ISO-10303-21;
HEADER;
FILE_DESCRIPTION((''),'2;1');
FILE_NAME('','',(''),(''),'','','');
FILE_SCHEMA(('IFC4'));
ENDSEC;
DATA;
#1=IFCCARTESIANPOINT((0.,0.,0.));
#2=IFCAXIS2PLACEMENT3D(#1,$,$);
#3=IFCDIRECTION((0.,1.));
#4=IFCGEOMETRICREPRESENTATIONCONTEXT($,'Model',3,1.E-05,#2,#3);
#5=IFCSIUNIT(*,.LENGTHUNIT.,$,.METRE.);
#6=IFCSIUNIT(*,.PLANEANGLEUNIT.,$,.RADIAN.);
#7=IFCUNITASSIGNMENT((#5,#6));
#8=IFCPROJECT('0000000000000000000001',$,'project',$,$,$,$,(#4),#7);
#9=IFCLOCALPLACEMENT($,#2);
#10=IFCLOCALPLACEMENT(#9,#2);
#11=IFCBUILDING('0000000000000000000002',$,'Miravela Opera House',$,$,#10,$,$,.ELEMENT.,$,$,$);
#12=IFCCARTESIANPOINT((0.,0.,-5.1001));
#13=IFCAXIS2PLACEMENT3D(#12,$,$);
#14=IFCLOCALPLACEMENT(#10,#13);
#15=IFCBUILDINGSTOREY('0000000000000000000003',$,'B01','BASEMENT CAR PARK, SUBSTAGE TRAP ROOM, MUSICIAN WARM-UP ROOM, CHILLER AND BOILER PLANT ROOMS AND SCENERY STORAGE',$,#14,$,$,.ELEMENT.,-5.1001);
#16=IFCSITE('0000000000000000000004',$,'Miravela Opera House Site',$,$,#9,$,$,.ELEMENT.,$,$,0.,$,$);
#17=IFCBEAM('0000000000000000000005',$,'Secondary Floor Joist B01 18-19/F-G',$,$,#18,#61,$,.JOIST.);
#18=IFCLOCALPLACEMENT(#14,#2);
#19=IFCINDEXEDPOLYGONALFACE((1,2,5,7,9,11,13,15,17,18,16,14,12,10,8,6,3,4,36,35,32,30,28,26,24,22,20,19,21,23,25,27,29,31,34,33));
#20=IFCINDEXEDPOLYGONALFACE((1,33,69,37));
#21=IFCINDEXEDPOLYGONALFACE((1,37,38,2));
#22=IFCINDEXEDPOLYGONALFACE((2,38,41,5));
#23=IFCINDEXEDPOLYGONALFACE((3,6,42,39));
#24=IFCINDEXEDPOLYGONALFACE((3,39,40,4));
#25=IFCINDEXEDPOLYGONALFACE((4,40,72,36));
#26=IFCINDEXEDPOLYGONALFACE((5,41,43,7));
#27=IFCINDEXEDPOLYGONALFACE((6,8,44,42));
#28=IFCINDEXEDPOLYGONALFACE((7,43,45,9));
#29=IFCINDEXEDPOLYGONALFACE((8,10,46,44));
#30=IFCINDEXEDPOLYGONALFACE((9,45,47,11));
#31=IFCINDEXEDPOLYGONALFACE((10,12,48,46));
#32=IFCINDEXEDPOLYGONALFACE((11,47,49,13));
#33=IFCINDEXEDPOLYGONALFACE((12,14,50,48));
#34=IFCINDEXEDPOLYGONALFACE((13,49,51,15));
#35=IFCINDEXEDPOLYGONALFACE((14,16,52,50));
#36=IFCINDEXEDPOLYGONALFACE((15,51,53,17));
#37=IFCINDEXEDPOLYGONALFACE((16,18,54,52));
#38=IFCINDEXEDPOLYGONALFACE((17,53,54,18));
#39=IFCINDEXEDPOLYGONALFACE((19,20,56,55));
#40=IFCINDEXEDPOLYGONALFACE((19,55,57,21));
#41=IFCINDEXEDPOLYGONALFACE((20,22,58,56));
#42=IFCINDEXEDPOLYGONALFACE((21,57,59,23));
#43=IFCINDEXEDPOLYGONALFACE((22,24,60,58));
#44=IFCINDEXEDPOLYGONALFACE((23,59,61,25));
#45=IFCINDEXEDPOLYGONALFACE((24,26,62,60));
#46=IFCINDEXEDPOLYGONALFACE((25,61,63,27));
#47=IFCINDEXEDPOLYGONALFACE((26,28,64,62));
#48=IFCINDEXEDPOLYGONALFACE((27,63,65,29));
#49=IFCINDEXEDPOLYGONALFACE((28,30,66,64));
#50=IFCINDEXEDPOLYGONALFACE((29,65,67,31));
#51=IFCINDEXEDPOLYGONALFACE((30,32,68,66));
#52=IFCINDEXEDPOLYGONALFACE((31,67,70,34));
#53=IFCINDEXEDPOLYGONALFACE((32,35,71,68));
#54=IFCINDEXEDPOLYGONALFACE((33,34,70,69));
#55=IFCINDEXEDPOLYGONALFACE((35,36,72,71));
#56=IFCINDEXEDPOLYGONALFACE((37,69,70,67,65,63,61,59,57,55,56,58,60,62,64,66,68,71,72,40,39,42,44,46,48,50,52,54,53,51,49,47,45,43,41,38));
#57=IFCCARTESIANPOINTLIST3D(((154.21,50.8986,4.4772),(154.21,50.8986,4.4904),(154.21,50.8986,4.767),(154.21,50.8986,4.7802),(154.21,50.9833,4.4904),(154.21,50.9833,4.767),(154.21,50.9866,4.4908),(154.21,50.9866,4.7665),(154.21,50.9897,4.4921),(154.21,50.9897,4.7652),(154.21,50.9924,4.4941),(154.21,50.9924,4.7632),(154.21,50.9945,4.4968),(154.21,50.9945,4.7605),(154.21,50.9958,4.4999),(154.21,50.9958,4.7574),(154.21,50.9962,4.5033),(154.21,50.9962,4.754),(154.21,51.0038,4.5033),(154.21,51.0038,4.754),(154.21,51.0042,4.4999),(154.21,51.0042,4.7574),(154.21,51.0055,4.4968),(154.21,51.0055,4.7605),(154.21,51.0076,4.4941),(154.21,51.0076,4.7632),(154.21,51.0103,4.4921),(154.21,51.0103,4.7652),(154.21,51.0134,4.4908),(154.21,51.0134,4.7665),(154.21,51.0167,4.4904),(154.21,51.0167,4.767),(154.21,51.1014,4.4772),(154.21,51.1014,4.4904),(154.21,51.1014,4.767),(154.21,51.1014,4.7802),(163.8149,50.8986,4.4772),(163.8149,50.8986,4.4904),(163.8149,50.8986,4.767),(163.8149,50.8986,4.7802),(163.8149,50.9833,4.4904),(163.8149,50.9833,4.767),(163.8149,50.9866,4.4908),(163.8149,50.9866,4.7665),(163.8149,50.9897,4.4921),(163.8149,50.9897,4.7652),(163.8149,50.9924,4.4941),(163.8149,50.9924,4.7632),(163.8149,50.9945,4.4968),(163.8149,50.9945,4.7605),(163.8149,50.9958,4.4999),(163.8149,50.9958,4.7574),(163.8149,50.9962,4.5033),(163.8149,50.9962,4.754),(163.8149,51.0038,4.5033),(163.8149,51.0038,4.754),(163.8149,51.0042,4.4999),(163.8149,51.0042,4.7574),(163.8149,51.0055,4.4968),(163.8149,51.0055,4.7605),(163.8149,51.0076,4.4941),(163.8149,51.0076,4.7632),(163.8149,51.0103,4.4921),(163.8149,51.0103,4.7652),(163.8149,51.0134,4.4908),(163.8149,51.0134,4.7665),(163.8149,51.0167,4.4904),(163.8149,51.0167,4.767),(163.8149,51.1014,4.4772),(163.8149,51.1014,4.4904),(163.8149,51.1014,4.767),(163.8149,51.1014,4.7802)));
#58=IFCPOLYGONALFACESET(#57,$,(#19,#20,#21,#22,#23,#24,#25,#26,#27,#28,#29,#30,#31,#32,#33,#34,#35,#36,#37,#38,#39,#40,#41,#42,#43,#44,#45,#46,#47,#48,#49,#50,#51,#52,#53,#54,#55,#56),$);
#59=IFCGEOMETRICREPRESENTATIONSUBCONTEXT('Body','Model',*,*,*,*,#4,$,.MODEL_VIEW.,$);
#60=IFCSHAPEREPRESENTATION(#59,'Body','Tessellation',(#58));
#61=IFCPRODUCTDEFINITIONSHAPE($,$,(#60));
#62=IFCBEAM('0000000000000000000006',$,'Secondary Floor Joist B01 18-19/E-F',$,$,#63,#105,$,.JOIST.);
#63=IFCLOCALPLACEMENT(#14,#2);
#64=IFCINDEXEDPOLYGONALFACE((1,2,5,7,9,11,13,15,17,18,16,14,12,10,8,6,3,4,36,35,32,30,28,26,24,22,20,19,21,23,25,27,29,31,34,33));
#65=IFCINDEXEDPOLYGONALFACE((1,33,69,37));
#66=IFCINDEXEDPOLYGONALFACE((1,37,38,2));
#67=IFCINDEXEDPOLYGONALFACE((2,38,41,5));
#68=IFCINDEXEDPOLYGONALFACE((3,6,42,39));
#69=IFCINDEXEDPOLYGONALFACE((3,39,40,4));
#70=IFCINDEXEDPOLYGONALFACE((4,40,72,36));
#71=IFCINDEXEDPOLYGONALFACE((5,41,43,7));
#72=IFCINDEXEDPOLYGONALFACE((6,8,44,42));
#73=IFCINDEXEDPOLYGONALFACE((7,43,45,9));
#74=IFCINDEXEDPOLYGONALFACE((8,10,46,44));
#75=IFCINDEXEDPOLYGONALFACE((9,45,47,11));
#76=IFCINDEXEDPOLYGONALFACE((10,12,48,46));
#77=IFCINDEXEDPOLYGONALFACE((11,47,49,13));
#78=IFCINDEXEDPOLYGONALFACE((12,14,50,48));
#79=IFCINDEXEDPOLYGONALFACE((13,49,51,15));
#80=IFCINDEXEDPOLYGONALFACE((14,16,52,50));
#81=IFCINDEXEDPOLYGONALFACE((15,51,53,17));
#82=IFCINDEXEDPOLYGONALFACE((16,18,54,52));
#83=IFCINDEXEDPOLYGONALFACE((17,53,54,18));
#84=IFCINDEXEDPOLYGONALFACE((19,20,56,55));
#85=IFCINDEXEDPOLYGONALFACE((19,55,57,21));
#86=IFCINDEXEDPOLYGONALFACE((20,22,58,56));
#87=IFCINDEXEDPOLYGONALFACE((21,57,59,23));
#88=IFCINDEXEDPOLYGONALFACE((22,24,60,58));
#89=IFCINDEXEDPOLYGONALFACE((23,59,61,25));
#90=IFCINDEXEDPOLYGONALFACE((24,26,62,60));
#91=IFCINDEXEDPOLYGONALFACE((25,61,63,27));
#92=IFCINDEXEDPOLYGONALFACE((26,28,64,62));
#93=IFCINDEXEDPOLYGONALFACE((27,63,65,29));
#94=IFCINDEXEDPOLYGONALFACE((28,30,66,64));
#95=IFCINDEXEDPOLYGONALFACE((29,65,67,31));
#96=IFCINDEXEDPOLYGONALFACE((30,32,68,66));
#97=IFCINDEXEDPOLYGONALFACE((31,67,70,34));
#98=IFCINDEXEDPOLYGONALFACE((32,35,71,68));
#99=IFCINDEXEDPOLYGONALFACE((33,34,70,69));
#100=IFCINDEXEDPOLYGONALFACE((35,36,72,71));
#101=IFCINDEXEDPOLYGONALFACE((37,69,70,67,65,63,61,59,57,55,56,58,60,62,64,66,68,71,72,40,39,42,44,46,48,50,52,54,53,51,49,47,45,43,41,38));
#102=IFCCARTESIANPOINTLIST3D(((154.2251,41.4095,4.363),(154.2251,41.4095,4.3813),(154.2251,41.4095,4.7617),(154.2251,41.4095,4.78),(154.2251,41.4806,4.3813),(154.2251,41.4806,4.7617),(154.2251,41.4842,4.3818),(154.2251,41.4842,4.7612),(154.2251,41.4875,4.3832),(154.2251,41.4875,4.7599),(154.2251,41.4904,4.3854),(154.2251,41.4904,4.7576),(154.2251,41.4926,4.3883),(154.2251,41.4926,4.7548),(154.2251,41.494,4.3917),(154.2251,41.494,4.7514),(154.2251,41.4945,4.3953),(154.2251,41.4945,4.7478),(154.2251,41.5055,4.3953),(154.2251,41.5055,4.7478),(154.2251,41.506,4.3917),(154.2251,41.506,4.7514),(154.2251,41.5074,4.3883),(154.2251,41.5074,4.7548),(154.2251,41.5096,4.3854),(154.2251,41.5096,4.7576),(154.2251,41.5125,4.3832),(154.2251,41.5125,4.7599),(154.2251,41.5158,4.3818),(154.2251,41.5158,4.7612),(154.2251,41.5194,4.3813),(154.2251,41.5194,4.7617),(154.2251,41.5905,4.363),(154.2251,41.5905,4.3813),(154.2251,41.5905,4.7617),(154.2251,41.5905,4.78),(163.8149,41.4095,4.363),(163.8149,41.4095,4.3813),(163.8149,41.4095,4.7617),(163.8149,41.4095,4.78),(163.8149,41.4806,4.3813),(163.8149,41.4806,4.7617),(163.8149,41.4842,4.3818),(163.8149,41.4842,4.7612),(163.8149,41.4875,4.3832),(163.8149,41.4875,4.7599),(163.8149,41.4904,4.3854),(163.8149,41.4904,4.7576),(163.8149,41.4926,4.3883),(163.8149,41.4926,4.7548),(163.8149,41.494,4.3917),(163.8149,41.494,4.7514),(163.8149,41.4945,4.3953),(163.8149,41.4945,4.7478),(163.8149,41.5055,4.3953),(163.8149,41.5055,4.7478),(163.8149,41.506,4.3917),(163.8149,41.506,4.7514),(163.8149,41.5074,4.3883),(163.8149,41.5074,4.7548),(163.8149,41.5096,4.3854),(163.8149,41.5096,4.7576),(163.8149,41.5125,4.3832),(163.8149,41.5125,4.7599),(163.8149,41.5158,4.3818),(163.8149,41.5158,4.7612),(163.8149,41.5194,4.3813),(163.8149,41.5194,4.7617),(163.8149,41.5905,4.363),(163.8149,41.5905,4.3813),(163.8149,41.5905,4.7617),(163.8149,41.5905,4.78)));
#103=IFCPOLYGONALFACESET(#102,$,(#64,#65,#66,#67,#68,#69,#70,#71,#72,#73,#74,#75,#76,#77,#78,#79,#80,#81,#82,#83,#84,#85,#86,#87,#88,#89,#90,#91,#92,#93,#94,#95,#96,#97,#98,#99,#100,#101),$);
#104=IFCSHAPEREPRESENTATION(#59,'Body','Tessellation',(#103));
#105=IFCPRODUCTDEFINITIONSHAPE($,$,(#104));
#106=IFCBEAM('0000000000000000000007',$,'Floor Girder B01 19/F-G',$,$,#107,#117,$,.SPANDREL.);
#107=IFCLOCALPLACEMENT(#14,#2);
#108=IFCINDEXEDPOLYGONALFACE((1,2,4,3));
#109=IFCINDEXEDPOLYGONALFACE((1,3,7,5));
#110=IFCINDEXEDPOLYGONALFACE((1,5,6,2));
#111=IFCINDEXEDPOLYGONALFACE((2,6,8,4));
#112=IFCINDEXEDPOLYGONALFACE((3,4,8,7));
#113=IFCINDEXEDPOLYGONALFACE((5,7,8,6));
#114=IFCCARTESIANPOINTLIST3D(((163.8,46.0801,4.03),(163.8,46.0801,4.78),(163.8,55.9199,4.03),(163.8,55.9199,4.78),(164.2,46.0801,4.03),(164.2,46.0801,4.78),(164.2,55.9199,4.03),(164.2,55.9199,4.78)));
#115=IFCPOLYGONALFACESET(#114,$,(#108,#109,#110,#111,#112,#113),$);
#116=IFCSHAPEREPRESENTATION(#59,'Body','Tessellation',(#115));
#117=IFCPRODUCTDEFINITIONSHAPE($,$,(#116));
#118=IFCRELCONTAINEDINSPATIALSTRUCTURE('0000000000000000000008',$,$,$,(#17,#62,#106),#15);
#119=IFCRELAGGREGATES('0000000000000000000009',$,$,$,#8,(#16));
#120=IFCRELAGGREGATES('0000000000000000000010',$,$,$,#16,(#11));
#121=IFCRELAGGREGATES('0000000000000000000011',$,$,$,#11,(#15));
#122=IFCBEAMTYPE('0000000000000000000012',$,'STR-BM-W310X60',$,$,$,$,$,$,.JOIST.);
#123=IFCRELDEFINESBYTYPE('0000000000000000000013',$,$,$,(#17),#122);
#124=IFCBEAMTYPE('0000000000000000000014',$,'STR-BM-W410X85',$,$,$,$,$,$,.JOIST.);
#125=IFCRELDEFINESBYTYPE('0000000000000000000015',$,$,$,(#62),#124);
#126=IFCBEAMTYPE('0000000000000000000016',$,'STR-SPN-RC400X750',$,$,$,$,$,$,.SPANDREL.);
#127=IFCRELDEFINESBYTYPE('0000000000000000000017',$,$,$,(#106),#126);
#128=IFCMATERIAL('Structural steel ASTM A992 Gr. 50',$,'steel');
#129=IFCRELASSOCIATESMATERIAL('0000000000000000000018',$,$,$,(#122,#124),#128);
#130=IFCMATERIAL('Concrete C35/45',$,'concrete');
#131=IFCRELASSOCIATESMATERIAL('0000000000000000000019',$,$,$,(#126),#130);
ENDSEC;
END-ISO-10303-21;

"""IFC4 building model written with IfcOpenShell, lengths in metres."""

from ifc_helpers import new_model, si_unit, direction, frame, origin, origin_2d, place, context, subcontext, project, spatial, rectangle, i_section, extrude, material, material_profile, profile_set, type_object, element, save


model = new_model("IFC4")

# Units and contexts
model_context = context("Model", 3, precision=1e-05, world=origin(), true_north=direction((0.0, 1.0)))
body_context = subcontext(model_context, "Body", "Model", "MODEL_VIEW")
ifc_project = project(units=[si_unit("LENGTHUNIT", "METRE"), si_unit("PLANEANGLEUNIT", "RADIAN")], contexts=[model_context])

# Site, building, storey
site_placement = place(None, origin())
site = spatial("IfcSite", under=ifc_project, at=site_placement, Name="Miravela Opera House Site", CompositionType="ELEMENT", RefElevation=0.0)
building_placement = place(site_placement, origin())
building = spatial("IfcBuilding", under=site, at=building_placement, Name="Miravela Opera House", CompositionType="ELEMENT")
storey_placement = place(building_placement, frame((0.0, 0.0, -5.1001)))
storey = spatial("IfcBuildingStorey", under=building, at=storey_placement, Name="B01", Description="BASEMENT CAR PARK, SUBSTAGE TRAP ROOM, MUSICIAN WARM-UP ROOM, CHILLER AND BOILER PLANT ROOMS AND SCENERY STORAGE", CompositionType="ELEMENT", Elevation=-5.1001)

# Shared definitions
ifc_material_1 = material(Name="Concrete C35/45", Category="concrete")

# Beams
ifc_material_2 = material(Name="Structural steel ASTM A992 Gr. 50", Category="steel")
ifc_material_profile_1 = material_profile(ifc_material_2, i_section(OverallWidth=0.2029, OverallDepth=0.303, WebThickness=0.0076, FlangeThickness=0.0132, FilletRadius=0.0129, at=origin_2d()), Name="W310X60")
ifc_profile_set_1 = profile_set([ifc_material_profile_1])
beam_type_1 = type_object("IfcBeamType", Name="STR-BM-W310X60", PredefinedType="JOIST", material=ifc_profile_set_1)
beam_1_placement = place(storey_placement, frame((154.21, 51.0, 4.6287), z_axis=(1.0, 0.0, 0.0), x_axis=(0.0, 1.0, 0.0)))
element("IfcBeam", 1, at=beam_1_placement, inside=storey, type_object=beam_type_1, Name="Secondary Floor Joist B01 18-19/F-G", PredefinedType="JOIST", context=body_context, shape_type="SweptSolid", body=[
    extrude(i_section(OverallWidth=0.2029, OverallDepth=0.303, WebThickness=0.0076, FlangeThickness=0.0132, FilletRadius=0.0129, at=origin_2d()), origin(), (0.0, 0.0, 1.0), 9.605),
])
ifc_material_profile_2 = material_profile(ifc_material_2, i_section(OverallWidth=0.1809, OverallDepth=0.417, WebThickness=0.011, FlangeThickness=0.0183, FilletRadius=0.0139, at=origin_2d()), Name="W410X85")
ifc_profile_set_2 = profile_set([ifc_material_profile_2])
beam_type_2 = type_object("IfcBeamType", Name="STR-BM-W410X85", PredefinedType="JOIST", material=ifc_profile_set_2)
beam_2_placement = place(storey_placement, frame((154.2251, 41.5, 4.5715), z_axis=(1.0, 0.0, 0.0), x_axis=(0.0, 1.0, 0.0)))
element("IfcBeam", 2, at=beam_2_placement, inside=storey, type_object=beam_type_2, Name="Secondary Floor Joist B01 18-19/E-F", PredefinedType="JOIST", context=body_context, shape_type="SweptSolid", body=[
    extrude(i_section(OverallWidth=0.1809, OverallDepth=0.417, WebThickness=0.011, FlangeThickness=0.0183, FilletRadius=0.0139, at=origin_2d()), origin(), (0.0, 0.0, 1.0), 9.5898),
])
ifc_material_profile_3 = material_profile(ifc_material_1, rectangle(XDim=0.3999, YDim=0.75, at=origin_2d()), Name="RC-SPN-400X750")
ifc_profile_set_3 = profile_set([ifc_material_profile_3])
beam_type_3 = type_object("IfcBeamType", Name="STR-SPN-RC400X750", PredefinedType="SPANDREL", material=ifc_profile_set_3)
beam_3_placement = place(storey_placement, frame((164.0, 46.0801, 4.405), z_axis=(0.0, 1.0, 0.0), x_axis=(-1.0, 0.0, 0.0)))
element("IfcBeam", 3, at=beam_3_placement, inside=storey, type_object=beam_type_3, Name="Floor Girder B01 19/F-G", PredefinedType="SPANDREL", context=body_context, shape_type="SweptSolid", body=[
    extrude(rectangle(XDim=0.3999, YDim=0.75, at=origin_2d()), origin(), (0.0, 0.0, 1.0), 9.8398),
])

save(model, "model.ifc")
